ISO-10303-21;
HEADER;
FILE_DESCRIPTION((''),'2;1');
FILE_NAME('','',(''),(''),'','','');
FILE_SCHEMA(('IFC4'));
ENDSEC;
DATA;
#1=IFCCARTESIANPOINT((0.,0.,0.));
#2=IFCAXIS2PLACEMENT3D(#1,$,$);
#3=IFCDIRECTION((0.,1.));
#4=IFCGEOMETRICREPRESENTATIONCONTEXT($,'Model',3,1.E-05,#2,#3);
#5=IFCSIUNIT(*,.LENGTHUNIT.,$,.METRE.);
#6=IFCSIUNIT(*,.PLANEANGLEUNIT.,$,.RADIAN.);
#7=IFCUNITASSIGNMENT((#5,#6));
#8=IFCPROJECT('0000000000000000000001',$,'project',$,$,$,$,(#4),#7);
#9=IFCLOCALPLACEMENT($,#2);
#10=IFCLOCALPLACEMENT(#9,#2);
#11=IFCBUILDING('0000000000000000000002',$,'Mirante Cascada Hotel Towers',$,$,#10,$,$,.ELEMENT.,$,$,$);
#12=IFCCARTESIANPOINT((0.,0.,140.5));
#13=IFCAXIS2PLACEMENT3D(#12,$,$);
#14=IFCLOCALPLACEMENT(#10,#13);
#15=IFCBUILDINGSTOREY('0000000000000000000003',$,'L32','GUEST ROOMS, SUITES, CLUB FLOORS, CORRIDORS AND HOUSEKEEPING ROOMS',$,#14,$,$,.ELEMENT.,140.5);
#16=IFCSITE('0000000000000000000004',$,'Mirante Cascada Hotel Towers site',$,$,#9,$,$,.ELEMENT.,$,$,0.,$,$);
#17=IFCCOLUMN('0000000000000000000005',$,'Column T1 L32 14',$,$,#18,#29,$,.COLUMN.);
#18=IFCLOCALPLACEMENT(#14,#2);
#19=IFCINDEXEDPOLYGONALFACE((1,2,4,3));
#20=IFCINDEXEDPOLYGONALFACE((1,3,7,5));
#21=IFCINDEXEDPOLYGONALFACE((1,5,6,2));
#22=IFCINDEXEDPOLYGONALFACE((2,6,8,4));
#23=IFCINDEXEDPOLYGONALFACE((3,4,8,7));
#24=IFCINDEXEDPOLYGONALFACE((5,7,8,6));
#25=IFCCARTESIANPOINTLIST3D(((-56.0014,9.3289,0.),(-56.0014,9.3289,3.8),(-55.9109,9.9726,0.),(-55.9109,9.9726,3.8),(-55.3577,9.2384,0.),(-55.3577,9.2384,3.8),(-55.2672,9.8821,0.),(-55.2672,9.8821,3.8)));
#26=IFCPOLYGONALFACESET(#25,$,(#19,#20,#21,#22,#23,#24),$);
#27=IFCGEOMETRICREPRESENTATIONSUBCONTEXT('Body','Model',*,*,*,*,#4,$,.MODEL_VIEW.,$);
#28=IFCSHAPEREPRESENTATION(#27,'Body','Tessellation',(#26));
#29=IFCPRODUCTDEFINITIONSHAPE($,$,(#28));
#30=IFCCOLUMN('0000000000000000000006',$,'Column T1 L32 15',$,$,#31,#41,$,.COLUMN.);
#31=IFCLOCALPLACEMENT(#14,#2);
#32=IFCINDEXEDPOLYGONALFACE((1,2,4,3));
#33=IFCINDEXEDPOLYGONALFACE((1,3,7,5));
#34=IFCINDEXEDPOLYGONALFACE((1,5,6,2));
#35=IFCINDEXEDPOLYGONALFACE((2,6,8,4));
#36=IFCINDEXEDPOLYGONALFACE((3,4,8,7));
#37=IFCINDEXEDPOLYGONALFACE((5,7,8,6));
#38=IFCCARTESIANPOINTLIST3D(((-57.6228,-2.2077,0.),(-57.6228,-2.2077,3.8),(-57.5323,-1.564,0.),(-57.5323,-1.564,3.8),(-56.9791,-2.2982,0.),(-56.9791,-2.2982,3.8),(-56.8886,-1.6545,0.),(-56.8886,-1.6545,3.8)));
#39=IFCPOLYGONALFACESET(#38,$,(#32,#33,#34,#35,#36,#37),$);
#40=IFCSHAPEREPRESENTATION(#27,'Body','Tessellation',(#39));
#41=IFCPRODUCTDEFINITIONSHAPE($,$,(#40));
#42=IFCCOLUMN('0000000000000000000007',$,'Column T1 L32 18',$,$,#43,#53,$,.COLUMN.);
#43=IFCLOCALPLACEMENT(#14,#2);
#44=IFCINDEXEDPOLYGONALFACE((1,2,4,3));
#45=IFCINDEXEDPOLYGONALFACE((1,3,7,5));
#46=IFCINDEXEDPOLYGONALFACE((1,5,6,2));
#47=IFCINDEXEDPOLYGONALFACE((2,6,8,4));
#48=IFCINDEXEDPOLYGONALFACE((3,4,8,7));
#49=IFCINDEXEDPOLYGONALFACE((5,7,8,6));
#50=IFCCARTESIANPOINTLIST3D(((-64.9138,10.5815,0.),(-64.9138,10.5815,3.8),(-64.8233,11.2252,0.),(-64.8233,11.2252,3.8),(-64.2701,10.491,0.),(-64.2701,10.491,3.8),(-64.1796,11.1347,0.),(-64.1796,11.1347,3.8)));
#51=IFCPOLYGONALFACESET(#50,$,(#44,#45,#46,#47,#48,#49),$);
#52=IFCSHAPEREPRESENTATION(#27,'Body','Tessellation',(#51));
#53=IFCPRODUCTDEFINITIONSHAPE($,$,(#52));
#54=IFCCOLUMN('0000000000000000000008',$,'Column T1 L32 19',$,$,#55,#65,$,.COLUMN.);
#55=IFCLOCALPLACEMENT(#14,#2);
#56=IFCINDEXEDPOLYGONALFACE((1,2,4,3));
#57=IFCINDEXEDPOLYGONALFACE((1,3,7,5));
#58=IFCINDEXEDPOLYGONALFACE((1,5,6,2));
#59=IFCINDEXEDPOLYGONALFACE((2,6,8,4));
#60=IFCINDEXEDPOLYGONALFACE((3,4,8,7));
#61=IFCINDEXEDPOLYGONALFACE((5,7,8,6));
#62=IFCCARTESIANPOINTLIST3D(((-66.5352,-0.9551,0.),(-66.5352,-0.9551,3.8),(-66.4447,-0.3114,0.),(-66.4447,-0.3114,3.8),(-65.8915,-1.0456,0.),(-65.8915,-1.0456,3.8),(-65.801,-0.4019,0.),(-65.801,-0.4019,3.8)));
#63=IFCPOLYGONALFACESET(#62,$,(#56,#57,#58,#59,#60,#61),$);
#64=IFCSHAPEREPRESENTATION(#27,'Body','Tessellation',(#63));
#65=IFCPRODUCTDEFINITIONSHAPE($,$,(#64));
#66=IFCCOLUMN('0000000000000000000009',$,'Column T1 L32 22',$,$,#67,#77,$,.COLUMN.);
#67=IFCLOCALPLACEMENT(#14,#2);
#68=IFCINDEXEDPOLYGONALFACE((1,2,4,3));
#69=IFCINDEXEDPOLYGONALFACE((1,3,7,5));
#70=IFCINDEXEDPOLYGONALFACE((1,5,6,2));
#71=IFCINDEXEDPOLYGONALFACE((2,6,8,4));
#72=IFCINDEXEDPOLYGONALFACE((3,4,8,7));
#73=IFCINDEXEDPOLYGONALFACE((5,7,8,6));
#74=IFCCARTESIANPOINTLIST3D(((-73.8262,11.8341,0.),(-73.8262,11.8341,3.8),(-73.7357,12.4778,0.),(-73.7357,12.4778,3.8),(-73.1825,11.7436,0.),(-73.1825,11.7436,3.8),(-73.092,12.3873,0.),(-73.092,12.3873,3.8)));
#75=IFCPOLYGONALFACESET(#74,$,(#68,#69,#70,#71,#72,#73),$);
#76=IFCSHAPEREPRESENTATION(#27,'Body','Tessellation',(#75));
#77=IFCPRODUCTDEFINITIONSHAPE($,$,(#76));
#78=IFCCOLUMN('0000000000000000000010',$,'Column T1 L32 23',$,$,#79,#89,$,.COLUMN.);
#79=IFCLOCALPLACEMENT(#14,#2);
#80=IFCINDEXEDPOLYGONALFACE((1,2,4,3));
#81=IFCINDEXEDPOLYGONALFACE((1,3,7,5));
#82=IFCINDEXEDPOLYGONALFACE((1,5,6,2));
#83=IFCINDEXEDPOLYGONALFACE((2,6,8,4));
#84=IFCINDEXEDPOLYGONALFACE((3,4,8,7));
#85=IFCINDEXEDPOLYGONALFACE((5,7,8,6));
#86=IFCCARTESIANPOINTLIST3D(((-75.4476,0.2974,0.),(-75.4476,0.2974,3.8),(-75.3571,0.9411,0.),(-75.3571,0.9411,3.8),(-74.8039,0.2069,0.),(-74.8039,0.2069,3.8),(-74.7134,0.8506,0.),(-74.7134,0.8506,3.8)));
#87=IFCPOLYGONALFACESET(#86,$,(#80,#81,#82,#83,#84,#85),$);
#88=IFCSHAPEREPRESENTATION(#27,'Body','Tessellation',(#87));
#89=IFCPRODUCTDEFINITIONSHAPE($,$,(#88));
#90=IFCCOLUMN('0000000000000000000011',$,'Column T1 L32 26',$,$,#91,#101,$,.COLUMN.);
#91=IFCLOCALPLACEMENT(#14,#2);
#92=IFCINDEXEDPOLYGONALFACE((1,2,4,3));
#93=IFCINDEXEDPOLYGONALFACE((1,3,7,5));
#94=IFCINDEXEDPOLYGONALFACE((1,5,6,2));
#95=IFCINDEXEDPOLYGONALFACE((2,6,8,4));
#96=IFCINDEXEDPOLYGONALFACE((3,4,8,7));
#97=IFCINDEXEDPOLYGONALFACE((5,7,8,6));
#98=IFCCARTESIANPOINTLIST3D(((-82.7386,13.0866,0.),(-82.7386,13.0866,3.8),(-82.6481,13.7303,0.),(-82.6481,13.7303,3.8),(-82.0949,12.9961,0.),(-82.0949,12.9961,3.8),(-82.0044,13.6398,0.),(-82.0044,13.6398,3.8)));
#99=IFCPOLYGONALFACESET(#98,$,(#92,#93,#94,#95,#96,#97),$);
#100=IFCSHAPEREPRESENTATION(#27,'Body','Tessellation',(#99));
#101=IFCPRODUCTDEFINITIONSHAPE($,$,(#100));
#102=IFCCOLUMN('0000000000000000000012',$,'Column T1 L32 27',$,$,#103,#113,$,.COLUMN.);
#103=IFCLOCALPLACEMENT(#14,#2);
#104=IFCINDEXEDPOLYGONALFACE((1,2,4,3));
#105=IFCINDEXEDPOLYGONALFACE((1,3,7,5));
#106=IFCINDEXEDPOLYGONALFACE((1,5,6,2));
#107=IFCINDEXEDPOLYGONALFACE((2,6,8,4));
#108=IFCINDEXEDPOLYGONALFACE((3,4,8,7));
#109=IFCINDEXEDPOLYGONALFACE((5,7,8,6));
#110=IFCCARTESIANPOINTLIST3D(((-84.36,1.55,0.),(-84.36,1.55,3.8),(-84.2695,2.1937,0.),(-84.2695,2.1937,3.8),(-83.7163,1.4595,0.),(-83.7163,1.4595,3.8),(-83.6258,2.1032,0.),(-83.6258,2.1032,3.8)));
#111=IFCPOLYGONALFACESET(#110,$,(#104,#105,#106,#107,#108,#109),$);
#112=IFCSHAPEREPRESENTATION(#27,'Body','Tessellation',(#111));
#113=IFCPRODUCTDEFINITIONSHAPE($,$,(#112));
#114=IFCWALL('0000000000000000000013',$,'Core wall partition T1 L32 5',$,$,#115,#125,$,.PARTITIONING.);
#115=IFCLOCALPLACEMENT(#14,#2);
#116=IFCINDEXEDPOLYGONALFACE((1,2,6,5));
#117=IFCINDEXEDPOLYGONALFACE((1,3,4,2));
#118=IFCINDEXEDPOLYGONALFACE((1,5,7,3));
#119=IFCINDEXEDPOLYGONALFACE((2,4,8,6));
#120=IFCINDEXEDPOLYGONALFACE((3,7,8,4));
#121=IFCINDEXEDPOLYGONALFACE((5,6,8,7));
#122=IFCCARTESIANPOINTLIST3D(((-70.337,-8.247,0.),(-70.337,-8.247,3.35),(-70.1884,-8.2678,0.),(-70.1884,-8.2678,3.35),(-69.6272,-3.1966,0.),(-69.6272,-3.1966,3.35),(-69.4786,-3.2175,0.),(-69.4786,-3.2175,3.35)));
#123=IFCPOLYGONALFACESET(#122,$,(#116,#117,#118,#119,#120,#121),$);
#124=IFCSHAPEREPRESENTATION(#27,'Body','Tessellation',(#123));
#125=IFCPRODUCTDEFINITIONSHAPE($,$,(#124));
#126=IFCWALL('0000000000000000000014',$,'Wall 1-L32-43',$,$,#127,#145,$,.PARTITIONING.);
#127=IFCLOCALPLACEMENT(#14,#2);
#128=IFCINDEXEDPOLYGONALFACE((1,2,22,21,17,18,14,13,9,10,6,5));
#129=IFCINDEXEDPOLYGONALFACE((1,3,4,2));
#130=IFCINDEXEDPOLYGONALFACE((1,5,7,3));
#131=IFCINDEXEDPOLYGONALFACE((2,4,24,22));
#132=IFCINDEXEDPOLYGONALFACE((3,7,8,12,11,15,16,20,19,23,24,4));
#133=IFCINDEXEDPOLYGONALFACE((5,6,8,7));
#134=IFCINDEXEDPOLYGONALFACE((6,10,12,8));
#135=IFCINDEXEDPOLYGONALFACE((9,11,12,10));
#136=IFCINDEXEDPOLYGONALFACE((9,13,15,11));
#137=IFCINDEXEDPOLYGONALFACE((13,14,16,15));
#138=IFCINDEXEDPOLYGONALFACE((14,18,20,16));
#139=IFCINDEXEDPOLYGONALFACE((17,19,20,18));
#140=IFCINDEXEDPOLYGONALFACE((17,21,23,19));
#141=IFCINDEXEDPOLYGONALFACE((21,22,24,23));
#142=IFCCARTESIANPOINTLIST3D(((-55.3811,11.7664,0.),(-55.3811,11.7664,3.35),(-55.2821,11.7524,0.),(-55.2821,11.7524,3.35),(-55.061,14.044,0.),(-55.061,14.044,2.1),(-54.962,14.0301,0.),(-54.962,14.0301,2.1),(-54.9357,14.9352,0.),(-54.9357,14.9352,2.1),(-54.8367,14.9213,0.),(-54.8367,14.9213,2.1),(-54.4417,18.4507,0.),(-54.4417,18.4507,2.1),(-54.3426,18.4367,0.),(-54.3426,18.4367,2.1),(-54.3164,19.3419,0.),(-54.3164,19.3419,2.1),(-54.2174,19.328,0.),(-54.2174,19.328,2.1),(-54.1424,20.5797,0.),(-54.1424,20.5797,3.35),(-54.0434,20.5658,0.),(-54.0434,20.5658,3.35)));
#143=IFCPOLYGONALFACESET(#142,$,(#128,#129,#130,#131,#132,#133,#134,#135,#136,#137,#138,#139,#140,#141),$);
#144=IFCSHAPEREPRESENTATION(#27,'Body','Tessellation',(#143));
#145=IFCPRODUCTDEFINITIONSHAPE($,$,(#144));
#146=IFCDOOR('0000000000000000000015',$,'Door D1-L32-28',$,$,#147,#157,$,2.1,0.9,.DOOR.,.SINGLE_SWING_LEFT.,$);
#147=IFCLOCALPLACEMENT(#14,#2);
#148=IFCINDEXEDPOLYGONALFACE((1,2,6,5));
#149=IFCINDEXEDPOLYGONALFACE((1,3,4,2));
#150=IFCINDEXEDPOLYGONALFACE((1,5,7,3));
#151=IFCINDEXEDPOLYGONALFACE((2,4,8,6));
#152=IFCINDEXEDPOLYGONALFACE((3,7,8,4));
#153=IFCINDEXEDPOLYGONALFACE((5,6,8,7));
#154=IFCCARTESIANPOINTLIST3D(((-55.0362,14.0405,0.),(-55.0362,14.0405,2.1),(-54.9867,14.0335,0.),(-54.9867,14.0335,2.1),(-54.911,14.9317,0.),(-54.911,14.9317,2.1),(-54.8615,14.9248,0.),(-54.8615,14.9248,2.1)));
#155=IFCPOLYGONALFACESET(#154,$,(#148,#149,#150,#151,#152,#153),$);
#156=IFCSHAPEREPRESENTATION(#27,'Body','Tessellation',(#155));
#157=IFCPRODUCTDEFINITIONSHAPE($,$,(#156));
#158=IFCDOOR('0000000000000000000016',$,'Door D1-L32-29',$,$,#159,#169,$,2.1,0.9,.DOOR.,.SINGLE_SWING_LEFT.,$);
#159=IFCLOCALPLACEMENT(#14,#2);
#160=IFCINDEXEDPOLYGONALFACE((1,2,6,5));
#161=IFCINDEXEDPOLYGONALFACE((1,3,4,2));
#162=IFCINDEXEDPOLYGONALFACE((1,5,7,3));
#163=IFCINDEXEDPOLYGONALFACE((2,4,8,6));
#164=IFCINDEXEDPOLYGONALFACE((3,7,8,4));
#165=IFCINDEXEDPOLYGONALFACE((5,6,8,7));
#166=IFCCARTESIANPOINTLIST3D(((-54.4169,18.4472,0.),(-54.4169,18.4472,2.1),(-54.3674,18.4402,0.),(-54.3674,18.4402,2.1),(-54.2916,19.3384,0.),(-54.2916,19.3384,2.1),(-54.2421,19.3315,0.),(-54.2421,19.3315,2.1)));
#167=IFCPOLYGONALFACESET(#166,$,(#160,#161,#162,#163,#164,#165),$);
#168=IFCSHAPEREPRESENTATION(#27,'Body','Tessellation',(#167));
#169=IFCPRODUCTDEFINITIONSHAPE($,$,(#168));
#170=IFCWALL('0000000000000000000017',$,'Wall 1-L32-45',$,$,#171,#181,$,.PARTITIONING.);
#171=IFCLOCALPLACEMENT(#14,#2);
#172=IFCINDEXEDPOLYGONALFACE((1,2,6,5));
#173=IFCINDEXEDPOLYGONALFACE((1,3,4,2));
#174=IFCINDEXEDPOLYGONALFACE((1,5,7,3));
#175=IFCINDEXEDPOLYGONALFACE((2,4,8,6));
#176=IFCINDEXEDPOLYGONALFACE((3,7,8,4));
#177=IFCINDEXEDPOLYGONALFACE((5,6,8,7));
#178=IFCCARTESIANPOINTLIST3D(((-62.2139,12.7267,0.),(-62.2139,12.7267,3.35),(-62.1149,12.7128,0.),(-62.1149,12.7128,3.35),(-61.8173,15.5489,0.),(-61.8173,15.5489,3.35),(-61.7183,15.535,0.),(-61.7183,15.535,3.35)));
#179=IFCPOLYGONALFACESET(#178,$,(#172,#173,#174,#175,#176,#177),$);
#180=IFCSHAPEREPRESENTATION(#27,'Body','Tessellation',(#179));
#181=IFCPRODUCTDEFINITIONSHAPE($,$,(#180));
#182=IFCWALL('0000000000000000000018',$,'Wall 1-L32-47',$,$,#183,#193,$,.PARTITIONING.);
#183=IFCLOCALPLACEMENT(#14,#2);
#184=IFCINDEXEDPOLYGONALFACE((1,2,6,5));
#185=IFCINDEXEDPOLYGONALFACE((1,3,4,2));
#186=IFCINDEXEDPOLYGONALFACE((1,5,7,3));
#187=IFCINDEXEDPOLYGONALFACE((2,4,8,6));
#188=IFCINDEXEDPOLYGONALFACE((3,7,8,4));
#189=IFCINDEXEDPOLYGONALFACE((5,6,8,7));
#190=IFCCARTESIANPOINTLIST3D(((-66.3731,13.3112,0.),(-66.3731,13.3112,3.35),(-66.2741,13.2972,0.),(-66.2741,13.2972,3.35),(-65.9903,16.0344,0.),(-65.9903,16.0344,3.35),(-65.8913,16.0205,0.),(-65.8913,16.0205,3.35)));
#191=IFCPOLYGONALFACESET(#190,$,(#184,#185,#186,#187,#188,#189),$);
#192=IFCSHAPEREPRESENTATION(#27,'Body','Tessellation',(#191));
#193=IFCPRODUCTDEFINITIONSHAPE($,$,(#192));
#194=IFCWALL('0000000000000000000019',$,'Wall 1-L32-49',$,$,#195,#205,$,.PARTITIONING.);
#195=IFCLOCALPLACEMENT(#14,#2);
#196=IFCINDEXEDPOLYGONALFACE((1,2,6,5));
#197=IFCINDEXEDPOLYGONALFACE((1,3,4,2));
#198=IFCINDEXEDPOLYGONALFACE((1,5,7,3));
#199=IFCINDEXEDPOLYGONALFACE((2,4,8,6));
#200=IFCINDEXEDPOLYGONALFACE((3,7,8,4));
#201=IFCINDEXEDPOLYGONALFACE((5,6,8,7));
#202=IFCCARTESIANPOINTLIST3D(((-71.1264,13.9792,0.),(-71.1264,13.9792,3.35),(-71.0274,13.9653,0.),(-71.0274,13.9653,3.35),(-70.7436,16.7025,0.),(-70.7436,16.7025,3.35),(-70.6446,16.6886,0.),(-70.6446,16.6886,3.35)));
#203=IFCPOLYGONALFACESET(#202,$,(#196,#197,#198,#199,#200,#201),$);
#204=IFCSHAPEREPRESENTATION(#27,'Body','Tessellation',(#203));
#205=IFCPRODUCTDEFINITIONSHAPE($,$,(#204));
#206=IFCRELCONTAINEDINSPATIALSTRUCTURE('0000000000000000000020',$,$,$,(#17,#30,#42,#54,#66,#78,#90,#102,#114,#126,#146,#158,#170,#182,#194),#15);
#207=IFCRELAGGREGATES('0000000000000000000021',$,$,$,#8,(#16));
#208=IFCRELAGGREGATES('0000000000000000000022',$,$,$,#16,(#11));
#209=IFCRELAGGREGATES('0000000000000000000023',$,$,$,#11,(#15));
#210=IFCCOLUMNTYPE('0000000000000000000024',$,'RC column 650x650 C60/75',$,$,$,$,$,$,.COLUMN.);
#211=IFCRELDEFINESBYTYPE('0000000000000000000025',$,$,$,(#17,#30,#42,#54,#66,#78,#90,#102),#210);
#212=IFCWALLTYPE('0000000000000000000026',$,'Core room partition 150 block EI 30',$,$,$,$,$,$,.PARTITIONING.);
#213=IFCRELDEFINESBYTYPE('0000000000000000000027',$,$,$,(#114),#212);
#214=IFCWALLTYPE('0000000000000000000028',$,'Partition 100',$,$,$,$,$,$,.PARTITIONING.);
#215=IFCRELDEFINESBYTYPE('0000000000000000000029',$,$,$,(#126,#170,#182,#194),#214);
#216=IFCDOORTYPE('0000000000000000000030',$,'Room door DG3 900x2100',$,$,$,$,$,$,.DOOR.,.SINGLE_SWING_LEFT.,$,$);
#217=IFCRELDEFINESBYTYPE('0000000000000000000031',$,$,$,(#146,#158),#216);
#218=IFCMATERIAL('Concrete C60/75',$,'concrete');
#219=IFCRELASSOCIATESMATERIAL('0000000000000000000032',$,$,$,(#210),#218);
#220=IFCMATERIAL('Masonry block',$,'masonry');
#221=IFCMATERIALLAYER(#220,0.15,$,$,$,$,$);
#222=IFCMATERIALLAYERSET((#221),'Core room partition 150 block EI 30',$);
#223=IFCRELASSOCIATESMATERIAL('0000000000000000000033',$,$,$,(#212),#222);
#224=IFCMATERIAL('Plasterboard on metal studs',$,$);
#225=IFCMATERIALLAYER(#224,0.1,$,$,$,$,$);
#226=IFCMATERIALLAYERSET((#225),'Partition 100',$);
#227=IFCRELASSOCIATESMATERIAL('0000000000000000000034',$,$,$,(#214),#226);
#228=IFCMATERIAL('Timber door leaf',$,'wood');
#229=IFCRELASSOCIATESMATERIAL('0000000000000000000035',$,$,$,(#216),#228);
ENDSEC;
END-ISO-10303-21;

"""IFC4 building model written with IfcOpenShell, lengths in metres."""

from ifc_helpers import new_model, si_unit, direction, frame, frame_2d, origin, origin_2d, place, context, subcontext, project, spatial, rectangle, extrude, material, layer, layer_set, material_profile, profile_set, type_object, element, fill, save


model = new_model("IFC4")

# Units and contexts
model_context = context("Model", 3, precision=1e-05, world=origin(), true_north=direction((0.0, 1.0)))
body_context = subcontext(model_context, "Body", "Model", "MODEL_VIEW")
ifc_project = project(units=[si_unit("LENGTHUNIT", "METRE"), si_unit("PLANEANGLEUNIT", "RADIAN")], contexts=[model_context])

# Site, building, storey
site_placement = place(None, origin())
site = spatial("IfcSite", under=ifc_project, at=site_placement, Name="Mirante Cascada Hotel Towers site", CompositionType="ELEMENT", RefElevation=0.0)
building_placement = place(site_placement, origin())
building = spatial("IfcBuilding", under=site, at=building_placement, Name="Mirante Cascada Hotel Towers", CompositionType="ELEMENT")
storey_placement = place(building_placement, frame((0.0, 0.0, 140.5)))
storey = spatial("IfcBuildingStorey", under=building, at=storey_placement, Name="L32", Description="GUEST ROOMS, SUITES, CLUB FLOORS, CORRIDORS AND HOUSEKEEPING ROOMS", CompositionType="ELEMENT", Elevation=140.5)

# Columns
ifc_material_1 = material(Name="Concrete C60/75", Category="concrete")
ifc_material_profile = material_profile(ifc_material_1, rectangle(XDim=0.65, YDim=0.65, at=origin_2d()), Name="RC column 650x650 C60/75")
ifc_profile_set = profile_set([ifc_material_profile], Name="Concrete C60/75")
column_type = type_object("IfcColumnType", Name="RC column 650x650 C60/75", PredefinedType="COLUMN", material=ifc_profile_set)
for number, where, z_axis, x_axis, name in (
    (1, (-55.6343, 9.6055, 0.0), (0.0, 0.0, 1.0), (-0.990268, 0.139173, 0.0), "Column T1 L32 14"),
    (2, (-57.2557, -1.9311, 0.0), (0.0, 0.0, 1.0), (-0.990268, 0.139173, 0.0), "Column T1 L32 15"),
    (3, (-64.5467, 10.8581, 0.0), (0.0, 0.0, 1.0), (-0.990268, 0.139173, 0.0), "Column T1 L32 18"),
    (4, (-66.1681, -0.6785, 0.0), (0.0, 0.0, 1.0), (-0.990268, 0.139173, 0.0), "Column T1 L32 19"),
    (5, (-73.4591, 12.1107, 0.0), (0.0, 0.0, 1.0), (-0.990268, 0.139173, 0.0), "Column T1 L32 22"),
    (6, (-75.0805, 0.574, 0.0), (0.0, 0.0, 1.0), (-0.990268, 0.139173, 0.0), "Column T1 L32 23"),
    (7, (-82.3715, 13.3632, 0.0), (0.0, 0.0, 1.0), (-0.990268, 0.139173, 0.0), "Column T1 L32 26"),
    (8, (-83.9929, 1.8266, 0.0), (0.0, 0.0, 1.0), (-0.990268, 0.139173, 0.0), "Column T1 L32 27"),
):
    element("IfcColumn", number, at=place(storey_placement, frame(where, z_axis=z_axis, x_axis=x_axis)), inside=storey, type_object=column_type, Name=name, PredefinedType="COLUMN", context=body_context, shape_type="SweptSolid", body=[
        extrude(rectangle(XDim=0.65, YDim=0.65, at=origin_2d()), origin(), (0.0, 0.0, 1.0), 3.8),
    ])

# Wall
ifc_material_2 = material(Name="Masonry block", Category="masonry")
ifc_layer_1 = layer(ifc_material_2, 0.15)
ifc_layer_set_1 = layer_set([ifc_layer_1], Name="Core room partition 150 block EI 30")
wall_type_1 = type_object("IfcWallType", Name="Core room partition 150 block EI 30", PredefinedType="PARTITIONING", material=ifc_layer_set_1)
wall_1_placement = place(storey_placement, frame((-70.2627, -8.2574, 0.0), z_axis=(0.0, 0.0, 1.0), x_axis=(0.139176, 0.990268, 0.0)))
element("IfcWall", 9, at=wall_1_placement, inside=storey, type_object=wall_type_1, Name="Core wall partition T1 L32 5", PredefinedType="PARTITIONING", context=body_context, shape_type="SweptSolid", body=[
    extrude(rectangle(XDim=5.1, YDim=0.15, at=frame_2d((2.55, 0.0))), origin(), (0.0, 0.0, 1.0), 3.35),
])

# Wall, openings, doors
ifc_material_3 = material(Name="Plasterboard on metal studs")
ifc_layer_2 = layer(ifc_material_3, 0.1)
ifc_layer_set_2 = layer_set([ifc_layer_2], Name="Partition 100")
wall_type_2 = type_object("IfcWallType", Name="Partition 100", PredefinedType="PARTITIONING", material=ifc_layer_set_2)
wall_2_placement = place(storey_placement, frame((-55.3316, 11.7594, 0.0), z_axis=(0.0, 0.0, 1.0), x_axis=(0.139179, 0.990267, 0.0)))
wall_2 = element("IfcWall", 10, at=wall_2_placement, inside=storey, type_object=wall_type_2, Name="Wall 1-L32-43", PredefinedType="PARTITIONING", context=body_context, shape_type="SweptSolid", body=[
    extrude(rectangle(XDim=8.9, YDim=0.1, at=frame_2d((4.45, 0.0))), origin(), (0.0, 0.0, 1.0), 3.35),
])
opening_1_placement = place(wall_2_placement, frame((2.3, 0.0, 0.0)))
opening_1 = element("IfcOpeningElement", 11, at=opening_1_placement, cuts=wall_2, PredefinedType="OPENING", context=body_context, shape_type="SweptSolid", body=[
    extrude(rectangle(XDim=0.9, YDim=2.1, at=frame_2d((0.45, 1.05))), frame((0.0, 0.05, 0.0), z_axis=(0.0, -1.0, 0.0), x_axis=(1.0, 0.0, 0.0)), (0.0, 0.0, 1.0), 0.1),
])
opening_2_placement = place(wall_2_placement, frame((6.75, 0.0, 0.0)))
opening_2 = element("IfcOpeningElement", 12, at=opening_2_placement, cuts=wall_2, PredefinedType="OPENING", context=body_context, shape_type="SweptSolid", body=[
    extrude(rectangle(XDim=0.9, YDim=2.1, at=frame_2d((0.45, 1.05))), frame((0.0, 0.05, 0.0), z_axis=(0.0, -1.0, 0.0), x_axis=(1.0, 0.0, 0.0)), (0.0, 0.0, 1.0), 0.1),
])
ifc_material_4 = material(Name="Timber door leaf", Category="wood")
door_type = type_object("IfcDoorType", Name="Room door DG3 900x2100", OperationType="SINGLE_SWING_LEFT", PredefinedType="DOOR", material=ifc_material_4)
door_1_placement = place(opening_1_placement, origin())
door_1 = element("IfcDoor", 13, at=door_1_placement, inside=storey, type_object=door_type, Name="Door D1-L32-28", OperationType="SINGLE_SWING_LEFT", OverallHeight=2.1, OverallWidth=0.9, PredefinedType="DOOR", context=body_context, shape_type="SweptSolid", body=[
    extrude(rectangle(XDim=0.9, YDim=2.1, at=frame_2d((0.45, 1.05))), frame((0.0, 0.025, 0.0), z_axis=(0.0, -1.0, 0.0), x_axis=(1.0, 0.0, 0.0)), (0.0, 0.0, 1.0), 0.05),
])
fill(opening_1, door_1)
door_2_placement = place(opening_2_placement, origin())
door_2 = element("IfcDoor", 14, at=door_2_placement, inside=storey, type_object=door_type, Name="Door D1-L32-29", OperationType="SINGLE_SWING_LEFT", OverallHeight=2.1, OverallWidth=0.9, PredefinedType="DOOR", context=body_context, shape_type="SweptSolid", body=[
    extrude(rectangle(XDim=0.9, YDim=2.1, at=frame_2d((0.45, 1.05))), frame((0.0, 0.025, 0.0), z_axis=(0.0, -1.0, 0.0), x_axis=(1.0, 0.0, 0.0)), (0.0, 0.0, 1.0), 0.05),
])
fill(opening_2, door_2)

# Walls
wall_3_placement = place(storey_placement, frame((-62.1644, 12.7197, 0.0), z_axis=(0.0, 0.0, 1.0), x_axis=(0.139161, 0.99027, 0.0)))
element("IfcWall", 15, at=wall_3_placement, inside=storey, type_object=wall_type_2, Name="Wall 1-L32-45", PredefinedType="PARTITIONING", context=body_context, shape_type="SweptSolid", body=[
    extrude(rectangle(XDim=2.8499, YDim=0.1, at=frame_2d((1.425, 0.0))), origin(), (0.0, 0.0, 1.0), 3.35),
])
wall_4_placement = place(storey_placement, frame((-66.3236, 13.3042, 0.0), z_axis=(0.0, 0.0, 1.0), x_axis=(0.139201, 0.990264, 0.0)))
element("IfcWall", 16, at=wall_4_placement, inside=storey, type_object=wall_type_2, Name="Wall 1-L32-47", PredefinedType="PARTITIONING", context=body_context, shape_type="SweptSolid", body=[
    extrude(rectangle(XDim=2.75, YDim=0.1, at=frame_2d((1.375, 0.0))), origin(), (0.0, 0.0, 1.0), 3.35),
])
wall_5_placement = place(storey_placement, frame((-71.0769, 13.9722, 0.0), z_axis=(0.0, 0.0, 1.0), x_axis=(0.139196, 0.990265, 0.0)))
element("IfcWall", 17, at=wall_5_placement, inside=storey, type_object=wall_type_2, Name="Wall 1-L32-49", PredefinedType="PARTITIONING", context=body_context, shape_type="SweptSolid", body=[
    extrude(rectangle(XDim=2.7501, YDim=0.1, at=frame_2d((1.3751, 0.0))), origin(), (0.0, 0.0, 1.0), 3.35),
])

save(model, "model.ifc")
